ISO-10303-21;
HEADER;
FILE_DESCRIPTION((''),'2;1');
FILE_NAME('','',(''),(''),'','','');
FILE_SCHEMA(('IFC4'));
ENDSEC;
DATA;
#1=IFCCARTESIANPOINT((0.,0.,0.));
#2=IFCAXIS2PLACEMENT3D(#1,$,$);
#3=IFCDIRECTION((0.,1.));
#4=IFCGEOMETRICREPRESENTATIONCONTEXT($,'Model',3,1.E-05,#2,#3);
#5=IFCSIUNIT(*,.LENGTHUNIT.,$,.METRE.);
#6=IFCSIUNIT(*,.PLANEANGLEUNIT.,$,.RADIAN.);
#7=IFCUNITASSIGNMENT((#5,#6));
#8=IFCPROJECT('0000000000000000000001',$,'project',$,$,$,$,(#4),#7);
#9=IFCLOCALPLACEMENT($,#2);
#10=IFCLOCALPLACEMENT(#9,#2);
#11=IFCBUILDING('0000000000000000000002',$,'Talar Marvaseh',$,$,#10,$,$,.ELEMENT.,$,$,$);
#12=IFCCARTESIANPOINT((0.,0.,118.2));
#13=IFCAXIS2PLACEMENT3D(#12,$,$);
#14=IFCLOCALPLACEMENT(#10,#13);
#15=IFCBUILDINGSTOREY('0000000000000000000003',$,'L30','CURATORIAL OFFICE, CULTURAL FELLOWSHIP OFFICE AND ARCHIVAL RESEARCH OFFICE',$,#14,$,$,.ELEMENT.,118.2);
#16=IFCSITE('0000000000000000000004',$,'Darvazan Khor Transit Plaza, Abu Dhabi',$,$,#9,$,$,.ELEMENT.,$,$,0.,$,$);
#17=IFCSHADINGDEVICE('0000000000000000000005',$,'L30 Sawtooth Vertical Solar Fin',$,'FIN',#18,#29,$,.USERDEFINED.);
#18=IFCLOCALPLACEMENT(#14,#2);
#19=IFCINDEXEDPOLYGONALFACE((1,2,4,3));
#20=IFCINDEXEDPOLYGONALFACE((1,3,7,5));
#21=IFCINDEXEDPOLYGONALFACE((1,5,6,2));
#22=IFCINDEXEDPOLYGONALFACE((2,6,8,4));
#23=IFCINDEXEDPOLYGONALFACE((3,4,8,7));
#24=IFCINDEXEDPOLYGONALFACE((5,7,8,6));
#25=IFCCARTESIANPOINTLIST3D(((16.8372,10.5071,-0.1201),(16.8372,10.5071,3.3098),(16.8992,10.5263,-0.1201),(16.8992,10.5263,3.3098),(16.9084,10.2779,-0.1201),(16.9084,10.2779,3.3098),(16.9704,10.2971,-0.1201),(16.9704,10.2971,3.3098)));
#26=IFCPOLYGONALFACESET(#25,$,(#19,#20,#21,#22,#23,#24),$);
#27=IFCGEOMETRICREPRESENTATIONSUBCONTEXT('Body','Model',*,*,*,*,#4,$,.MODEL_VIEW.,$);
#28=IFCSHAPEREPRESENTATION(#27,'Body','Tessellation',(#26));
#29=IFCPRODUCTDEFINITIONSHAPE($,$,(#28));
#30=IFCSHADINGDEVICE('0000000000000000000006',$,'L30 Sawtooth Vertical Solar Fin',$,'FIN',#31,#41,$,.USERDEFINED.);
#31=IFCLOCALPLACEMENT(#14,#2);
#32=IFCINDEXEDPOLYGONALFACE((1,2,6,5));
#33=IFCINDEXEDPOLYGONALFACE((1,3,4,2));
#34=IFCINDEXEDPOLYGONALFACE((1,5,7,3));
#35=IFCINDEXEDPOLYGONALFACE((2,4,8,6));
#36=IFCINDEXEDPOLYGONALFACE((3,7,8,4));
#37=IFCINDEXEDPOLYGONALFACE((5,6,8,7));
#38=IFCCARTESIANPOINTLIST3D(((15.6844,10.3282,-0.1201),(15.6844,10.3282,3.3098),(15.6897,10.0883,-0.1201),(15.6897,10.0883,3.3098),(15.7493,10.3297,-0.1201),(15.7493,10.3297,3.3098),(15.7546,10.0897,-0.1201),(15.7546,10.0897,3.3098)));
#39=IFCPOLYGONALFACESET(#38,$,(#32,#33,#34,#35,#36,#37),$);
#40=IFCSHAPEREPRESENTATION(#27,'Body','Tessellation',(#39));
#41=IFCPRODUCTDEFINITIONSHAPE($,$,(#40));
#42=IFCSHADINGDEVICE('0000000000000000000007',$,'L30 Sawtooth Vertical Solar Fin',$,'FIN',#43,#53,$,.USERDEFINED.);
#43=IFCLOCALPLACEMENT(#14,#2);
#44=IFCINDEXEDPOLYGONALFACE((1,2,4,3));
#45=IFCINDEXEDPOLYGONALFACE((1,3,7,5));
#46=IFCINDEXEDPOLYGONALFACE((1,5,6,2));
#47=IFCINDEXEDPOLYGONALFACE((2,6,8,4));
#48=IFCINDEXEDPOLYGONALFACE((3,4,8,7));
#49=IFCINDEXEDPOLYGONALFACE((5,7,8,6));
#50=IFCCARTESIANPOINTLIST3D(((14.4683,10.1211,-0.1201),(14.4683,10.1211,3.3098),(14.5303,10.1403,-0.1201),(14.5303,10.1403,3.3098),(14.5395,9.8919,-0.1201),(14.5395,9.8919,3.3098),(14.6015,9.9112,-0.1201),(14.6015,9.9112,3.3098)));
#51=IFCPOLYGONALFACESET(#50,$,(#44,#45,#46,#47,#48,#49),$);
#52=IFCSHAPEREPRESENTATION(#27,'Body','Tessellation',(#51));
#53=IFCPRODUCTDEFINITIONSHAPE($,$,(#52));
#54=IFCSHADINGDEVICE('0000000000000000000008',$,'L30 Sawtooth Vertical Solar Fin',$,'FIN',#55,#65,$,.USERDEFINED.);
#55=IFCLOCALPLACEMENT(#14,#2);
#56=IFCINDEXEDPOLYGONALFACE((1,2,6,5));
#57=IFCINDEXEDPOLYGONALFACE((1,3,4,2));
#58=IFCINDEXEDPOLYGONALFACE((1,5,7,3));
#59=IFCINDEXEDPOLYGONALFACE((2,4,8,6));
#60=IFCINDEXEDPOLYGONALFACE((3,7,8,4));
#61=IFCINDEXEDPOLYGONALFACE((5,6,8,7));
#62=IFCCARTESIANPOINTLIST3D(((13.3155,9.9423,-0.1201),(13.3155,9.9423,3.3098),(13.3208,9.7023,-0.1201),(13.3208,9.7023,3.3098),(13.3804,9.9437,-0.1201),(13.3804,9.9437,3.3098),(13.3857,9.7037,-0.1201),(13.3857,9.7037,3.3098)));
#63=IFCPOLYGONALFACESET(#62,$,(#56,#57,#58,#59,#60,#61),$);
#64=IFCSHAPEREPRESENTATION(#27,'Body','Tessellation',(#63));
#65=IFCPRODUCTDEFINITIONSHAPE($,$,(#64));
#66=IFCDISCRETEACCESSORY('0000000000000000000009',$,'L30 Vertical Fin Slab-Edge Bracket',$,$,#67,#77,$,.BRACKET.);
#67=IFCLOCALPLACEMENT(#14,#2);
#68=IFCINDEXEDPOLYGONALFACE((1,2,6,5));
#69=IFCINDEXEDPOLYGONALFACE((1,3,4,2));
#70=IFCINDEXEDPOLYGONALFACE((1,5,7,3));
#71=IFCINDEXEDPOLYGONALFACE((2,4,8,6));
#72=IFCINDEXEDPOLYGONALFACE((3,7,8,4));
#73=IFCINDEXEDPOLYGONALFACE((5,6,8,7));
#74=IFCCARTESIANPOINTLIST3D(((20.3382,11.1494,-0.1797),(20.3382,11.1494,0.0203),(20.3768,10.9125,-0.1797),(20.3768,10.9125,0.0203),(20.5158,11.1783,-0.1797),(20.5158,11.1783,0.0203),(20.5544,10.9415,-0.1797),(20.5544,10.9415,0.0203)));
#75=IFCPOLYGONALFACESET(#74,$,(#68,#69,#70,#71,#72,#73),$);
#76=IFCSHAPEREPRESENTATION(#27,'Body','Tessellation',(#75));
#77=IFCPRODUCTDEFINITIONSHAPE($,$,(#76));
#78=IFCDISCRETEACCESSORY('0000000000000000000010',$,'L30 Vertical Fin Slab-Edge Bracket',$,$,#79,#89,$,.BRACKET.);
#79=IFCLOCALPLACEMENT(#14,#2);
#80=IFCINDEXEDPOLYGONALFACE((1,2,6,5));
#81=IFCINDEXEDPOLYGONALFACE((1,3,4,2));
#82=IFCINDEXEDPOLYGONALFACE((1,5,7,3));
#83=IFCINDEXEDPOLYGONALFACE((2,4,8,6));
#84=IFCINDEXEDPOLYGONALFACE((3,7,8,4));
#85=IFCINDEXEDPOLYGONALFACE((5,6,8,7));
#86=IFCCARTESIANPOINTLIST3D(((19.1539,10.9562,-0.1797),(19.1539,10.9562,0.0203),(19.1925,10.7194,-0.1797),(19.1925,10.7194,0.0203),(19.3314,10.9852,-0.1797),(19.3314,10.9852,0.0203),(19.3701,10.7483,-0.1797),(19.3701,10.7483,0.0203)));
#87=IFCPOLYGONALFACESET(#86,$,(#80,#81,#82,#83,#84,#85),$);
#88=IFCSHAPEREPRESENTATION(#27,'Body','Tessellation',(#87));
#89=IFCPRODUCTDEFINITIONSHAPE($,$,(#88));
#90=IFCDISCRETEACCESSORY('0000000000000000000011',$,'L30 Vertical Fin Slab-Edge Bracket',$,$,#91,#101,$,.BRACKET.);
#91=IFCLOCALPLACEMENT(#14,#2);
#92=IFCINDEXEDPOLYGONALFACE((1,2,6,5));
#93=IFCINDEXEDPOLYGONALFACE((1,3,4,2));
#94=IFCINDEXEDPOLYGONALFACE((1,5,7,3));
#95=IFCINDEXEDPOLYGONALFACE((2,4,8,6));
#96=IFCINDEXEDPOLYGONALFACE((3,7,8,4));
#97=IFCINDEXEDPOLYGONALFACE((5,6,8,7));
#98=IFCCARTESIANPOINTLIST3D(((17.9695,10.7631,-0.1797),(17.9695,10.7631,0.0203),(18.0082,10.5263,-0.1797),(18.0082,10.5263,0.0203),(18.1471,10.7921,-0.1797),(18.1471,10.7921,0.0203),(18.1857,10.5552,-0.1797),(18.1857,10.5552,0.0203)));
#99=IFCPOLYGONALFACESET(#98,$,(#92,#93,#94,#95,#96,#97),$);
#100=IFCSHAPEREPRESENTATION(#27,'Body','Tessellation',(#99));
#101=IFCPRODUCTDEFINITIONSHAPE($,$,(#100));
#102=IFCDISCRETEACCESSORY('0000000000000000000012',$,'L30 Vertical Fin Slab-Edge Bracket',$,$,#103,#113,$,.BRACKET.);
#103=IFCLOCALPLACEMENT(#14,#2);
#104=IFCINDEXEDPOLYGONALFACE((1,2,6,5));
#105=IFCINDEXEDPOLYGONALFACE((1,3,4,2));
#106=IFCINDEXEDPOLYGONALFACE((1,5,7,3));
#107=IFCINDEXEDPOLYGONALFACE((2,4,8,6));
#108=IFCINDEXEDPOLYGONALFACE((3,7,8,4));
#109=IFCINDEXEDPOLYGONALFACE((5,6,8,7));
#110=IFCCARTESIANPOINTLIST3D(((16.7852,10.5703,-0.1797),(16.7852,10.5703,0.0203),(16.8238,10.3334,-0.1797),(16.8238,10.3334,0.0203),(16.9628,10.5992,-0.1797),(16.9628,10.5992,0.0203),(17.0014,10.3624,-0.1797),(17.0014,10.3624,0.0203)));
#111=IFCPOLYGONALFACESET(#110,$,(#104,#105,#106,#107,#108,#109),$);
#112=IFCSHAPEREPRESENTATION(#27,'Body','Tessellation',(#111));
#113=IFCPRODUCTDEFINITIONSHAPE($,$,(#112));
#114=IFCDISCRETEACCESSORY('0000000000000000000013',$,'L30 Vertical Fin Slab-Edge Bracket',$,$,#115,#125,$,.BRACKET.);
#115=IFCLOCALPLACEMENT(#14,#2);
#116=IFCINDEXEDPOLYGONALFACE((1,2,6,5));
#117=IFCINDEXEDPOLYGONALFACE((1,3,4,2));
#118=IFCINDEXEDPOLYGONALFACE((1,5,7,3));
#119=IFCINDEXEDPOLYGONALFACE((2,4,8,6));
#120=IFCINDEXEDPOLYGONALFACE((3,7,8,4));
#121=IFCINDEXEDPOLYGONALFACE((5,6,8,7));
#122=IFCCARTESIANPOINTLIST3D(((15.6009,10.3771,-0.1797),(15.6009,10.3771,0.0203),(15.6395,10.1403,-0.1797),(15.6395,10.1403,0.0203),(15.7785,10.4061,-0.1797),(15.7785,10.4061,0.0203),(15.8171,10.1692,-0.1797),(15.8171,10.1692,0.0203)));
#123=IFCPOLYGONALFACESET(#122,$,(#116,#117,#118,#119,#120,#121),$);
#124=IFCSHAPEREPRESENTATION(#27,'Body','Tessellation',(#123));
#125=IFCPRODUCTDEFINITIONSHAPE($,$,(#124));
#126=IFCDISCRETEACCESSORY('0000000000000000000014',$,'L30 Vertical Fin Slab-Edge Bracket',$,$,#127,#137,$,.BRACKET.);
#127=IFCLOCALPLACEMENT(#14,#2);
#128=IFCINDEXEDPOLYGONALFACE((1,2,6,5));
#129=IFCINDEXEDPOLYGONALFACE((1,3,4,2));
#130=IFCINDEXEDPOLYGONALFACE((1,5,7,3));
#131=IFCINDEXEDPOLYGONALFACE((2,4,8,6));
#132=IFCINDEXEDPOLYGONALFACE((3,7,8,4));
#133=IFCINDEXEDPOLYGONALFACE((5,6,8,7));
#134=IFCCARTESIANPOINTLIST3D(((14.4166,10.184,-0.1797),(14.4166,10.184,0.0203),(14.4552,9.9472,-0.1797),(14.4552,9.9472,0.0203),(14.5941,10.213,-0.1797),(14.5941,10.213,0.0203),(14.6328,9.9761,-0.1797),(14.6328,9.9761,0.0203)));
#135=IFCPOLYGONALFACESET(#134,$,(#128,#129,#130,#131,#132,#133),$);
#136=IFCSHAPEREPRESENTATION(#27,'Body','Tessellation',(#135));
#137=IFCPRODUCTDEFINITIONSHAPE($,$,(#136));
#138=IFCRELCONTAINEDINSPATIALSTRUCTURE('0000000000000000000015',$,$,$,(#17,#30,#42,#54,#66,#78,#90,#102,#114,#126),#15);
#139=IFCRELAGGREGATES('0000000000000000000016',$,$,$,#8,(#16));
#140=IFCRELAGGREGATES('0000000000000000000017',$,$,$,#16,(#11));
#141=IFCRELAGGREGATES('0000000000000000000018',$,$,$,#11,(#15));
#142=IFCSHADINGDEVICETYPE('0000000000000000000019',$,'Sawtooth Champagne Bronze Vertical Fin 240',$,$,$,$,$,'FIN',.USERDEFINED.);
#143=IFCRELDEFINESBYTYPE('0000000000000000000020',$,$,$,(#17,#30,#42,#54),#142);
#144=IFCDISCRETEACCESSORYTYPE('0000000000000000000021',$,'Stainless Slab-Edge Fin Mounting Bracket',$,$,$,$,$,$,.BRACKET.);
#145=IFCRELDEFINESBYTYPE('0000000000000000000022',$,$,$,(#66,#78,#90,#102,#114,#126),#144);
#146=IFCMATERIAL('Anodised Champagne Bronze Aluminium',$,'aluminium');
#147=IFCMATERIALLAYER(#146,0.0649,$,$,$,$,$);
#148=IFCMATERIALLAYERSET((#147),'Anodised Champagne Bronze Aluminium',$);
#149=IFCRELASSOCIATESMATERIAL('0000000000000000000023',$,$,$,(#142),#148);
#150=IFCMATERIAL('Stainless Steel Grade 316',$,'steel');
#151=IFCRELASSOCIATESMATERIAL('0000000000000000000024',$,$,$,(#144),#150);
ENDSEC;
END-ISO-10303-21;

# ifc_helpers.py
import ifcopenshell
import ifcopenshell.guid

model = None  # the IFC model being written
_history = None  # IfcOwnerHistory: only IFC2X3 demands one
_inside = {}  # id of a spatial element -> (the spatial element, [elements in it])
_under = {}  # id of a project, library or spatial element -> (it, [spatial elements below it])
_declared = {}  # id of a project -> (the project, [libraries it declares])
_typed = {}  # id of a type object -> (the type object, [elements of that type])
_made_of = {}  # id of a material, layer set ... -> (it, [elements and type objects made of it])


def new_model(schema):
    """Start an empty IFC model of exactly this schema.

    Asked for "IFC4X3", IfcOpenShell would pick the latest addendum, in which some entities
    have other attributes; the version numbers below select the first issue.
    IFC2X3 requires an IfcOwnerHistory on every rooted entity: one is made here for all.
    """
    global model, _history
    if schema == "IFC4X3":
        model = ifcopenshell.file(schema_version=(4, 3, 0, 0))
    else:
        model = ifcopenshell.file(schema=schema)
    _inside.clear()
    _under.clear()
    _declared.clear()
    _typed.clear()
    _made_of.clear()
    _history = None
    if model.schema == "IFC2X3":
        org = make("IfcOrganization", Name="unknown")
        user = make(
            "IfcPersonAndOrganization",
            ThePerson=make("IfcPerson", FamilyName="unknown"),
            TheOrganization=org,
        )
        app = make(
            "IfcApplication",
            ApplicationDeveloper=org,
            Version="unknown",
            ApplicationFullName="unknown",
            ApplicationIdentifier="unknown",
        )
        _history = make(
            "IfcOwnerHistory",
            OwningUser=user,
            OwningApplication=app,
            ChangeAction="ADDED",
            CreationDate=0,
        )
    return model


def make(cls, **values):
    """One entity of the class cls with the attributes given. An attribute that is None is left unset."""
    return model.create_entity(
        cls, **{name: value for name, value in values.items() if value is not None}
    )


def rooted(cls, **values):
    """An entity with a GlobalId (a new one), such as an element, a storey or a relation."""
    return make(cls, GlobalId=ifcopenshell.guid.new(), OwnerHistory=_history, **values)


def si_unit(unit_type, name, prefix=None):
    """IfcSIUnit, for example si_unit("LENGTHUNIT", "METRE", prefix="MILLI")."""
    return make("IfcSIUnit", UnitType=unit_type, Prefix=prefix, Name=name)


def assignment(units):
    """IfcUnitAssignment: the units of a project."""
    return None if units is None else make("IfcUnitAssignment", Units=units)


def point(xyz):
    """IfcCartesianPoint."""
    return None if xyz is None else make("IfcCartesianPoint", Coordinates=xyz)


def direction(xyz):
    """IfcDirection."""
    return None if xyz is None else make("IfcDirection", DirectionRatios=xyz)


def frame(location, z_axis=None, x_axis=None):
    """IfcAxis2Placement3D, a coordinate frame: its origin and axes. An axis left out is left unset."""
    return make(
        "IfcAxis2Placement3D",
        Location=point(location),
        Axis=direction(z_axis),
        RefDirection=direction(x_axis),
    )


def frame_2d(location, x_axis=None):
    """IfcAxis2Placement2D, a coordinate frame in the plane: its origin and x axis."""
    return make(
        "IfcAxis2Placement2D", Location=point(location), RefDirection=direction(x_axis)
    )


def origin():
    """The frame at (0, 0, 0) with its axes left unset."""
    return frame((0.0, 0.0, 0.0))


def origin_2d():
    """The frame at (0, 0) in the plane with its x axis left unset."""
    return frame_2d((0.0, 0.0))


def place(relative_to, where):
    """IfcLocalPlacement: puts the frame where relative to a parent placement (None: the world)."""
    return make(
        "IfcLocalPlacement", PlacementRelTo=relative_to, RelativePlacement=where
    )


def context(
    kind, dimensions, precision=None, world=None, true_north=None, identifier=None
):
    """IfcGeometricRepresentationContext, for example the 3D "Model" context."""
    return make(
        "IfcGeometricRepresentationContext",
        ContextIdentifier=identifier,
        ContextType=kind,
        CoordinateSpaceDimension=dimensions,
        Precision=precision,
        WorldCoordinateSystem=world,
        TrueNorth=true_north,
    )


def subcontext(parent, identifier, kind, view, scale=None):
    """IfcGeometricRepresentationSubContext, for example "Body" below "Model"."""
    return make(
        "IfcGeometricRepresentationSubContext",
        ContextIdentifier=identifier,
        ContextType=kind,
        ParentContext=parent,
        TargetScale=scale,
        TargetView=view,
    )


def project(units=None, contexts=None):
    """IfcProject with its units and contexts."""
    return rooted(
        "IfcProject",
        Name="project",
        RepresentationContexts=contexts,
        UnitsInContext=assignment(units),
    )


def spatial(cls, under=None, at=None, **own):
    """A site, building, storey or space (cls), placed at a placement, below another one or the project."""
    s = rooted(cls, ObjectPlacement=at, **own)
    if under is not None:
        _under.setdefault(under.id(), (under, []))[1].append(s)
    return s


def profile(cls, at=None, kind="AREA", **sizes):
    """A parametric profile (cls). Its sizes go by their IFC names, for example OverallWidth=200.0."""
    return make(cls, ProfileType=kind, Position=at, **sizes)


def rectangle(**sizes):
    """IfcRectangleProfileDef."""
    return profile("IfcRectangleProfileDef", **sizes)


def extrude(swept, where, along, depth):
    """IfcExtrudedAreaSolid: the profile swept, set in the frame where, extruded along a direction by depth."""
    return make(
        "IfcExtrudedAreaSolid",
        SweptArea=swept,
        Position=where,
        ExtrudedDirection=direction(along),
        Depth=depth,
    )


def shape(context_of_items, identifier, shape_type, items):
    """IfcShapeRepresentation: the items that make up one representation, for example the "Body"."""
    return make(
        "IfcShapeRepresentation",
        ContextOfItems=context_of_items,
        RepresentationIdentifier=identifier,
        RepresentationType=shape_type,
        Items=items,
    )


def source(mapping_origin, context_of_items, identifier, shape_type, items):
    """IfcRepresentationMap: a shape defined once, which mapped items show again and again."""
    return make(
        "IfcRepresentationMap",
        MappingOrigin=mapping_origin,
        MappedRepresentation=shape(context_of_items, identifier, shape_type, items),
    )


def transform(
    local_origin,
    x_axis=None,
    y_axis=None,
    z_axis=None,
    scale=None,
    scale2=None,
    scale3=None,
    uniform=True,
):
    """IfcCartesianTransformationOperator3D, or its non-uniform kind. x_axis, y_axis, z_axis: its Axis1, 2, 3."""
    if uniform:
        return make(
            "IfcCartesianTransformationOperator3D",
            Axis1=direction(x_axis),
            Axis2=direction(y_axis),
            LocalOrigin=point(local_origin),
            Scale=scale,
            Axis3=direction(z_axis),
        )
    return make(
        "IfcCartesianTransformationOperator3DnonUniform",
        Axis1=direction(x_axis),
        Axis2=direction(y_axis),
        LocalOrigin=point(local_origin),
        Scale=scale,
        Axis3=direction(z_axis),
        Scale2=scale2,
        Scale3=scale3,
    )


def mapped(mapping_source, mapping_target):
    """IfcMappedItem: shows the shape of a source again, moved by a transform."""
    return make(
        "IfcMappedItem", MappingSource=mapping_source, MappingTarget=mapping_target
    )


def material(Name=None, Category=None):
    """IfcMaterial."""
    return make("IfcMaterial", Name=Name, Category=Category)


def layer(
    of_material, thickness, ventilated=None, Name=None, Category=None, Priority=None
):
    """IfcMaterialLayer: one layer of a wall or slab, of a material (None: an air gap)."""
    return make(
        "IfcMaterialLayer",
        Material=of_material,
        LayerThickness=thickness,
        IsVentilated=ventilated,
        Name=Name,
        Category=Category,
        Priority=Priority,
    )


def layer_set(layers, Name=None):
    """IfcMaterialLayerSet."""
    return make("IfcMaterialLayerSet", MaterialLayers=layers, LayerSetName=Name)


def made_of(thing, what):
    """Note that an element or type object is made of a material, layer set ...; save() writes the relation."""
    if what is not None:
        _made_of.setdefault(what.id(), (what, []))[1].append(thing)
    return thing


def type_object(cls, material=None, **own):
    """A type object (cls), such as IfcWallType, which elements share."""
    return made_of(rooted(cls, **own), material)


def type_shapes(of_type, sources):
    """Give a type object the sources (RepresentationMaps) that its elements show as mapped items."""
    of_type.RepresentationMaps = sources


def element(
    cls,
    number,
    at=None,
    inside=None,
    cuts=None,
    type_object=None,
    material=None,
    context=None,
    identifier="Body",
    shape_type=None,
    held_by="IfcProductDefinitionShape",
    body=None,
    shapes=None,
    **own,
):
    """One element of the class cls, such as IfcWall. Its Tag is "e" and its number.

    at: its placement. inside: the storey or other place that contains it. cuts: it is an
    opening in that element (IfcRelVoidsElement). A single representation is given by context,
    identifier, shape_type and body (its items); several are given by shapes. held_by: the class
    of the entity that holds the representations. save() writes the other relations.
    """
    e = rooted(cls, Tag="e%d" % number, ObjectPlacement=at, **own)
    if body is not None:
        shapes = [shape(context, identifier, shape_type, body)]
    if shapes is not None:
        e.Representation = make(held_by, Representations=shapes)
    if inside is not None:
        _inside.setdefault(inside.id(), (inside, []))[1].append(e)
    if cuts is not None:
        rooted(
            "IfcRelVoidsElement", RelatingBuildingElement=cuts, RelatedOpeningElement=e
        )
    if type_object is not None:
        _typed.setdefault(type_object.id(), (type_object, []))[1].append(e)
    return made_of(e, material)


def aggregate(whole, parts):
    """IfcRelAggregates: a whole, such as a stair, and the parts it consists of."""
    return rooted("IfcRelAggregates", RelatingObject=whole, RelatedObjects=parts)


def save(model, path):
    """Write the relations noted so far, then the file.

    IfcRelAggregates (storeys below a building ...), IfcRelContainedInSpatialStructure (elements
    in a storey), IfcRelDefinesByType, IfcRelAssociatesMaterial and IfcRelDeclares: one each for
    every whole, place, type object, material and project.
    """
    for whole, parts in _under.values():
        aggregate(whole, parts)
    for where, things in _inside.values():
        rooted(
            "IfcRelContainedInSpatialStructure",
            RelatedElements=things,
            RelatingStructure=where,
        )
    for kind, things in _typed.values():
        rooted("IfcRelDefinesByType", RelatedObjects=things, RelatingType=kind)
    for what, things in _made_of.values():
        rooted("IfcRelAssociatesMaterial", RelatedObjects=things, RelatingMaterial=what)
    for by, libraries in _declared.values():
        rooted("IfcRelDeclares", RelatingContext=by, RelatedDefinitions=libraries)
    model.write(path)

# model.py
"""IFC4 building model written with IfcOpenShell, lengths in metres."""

from ifc_helpers import new_model, si_unit, direction, frame, origin, origin_2d, place, context, subcontext, project, spatial, rectangle, extrude, source, transform, mapped, material, layer, layer_set, type_object, type_shapes, element, save


model = new_model("IFC4")

# Units and contexts
model_context = context("Model", 3, precision=1e-05, world=origin(), true_north=direction((0.0, 1.0)))
body_context = subcontext(model_context, "Body", "Model", "MODEL_VIEW")
ifc_project = project(units=[si_unit("LENGTHUNIT", "METRE"), si_unit("PLANEANGLEUNIT", "RADIAN")], contexts=[model_context])

# Site, building, storey
site_placement = place(None, origin())
site = spatial("IfcSite", under=ifc_project, at=site_placement, Name="Darvazan Khor Transit Plaza, Abu Dhabi", CompositionType="ELEMENT", RefElevation=0.0)
building_placement = place(site_placement, origin())
building = spatial("IfcBuilding", under=site, at=building_placement, Name="Talar Marvaseh", CompositionType="ELEMENT")
storey_placement = place(building_placement, frame((0.0, 0.0, 118.2)))
storey = spatial("IfcBuildingStorey", under=building, at=storey_placement, Name="L30", Description="CURATORIAL OFFICE, CULTURAL FELLOWSHIP OFFICE AND ARCHIVAL RESEARCH OFFICE", CompositionType="ELEMENT", Elevation=118.2)

# Shading devices
ifc_material_1 = material(Name="Anodised Champagne Bronze Aluminium", Category="aluminium")
ifc_layer_1 = layer(ifc_material_1, 0.0649)
ifc_layer_set_1 = layer_set([ifc_layer_1], Name="Anodised Champagne Bronze Aluminium")
shading_device_type = type_object("IfcShadingDeviceType", Name="Sawtooth Champagne Bronze Vertical Fin 240", ElementType="FIN", PredefinedType="USERDEFINED", material=ifc_layer_set_1)
shared_shape_1 = source(origin(), body_context, "Body", "SweptSolid", [
    extrude(rectangle(XDim=0.24, YDim=0.0649, at=origin_2d()), origin(), (0.0, 0.0, 1.0), 3.4299),
])
type_shapes(shading_device_type, [shared_shape_1])
for number, where, z_axis, x_axis, name in (
    (1, (16.9038, 10.4021, -0.1201), (0.0, 0.0, 1.0), (0.296708, -0.954968, 0.0), "L30 Sawtooth Vertical Solar Fin"),
    (2, (15.7195, 10.209, -0.1201), (0.0, 0.0, 1.0), (0.021989, -0.999758, 0.0), "L30 Sawtooth Vertical Solar Fin"),
    (3, (14.5349, 10.0161, -0.1201), (0.0, 0.0, 1.0), (0.296708, -0.954968, 0.0), "L30 Sawtooth Vertical Solar Fin"),
    (4, (13.3506, 9.823, -0.1201), (0.0, 0.0, 1.0), (0.021989, -0.999758, 0.0), "L30 Sawtooth Vertical Solar Fin"),
):
    element("IfcShadingDevice", number, at=place(storey_placement, frame(where, z_axis=z_axis, x_axis=x_axis)), inside=storey, type_object=shading_device_type, Name=name, ObjectType="FIN", PredefinedType="USERDEFINED", context=body_context, shape_type="MappedRepresentation", body=[
        mapped(shared_shape_1, transform((0.0, 0.0, 0.0), x_axis=(1.0, 0.0, 0.0), y_axis=(0.0, 1.0, 0.0), z_axis=(0.0, 0.0, 1.0), scale=1.0)),
    ])

# Discrete accessories
ifc_material_2 = material(Name="Stainless Steel Grade 316", Category="steel")
discrete_accessory_type = type_object("IfcDiscreteAccessoryType", Name="Stainless Slab-Edge Fin Mounting Bracket", PredefinedType="BRACKET", material=ifc_material_2)
shared_shape_2 = source(origin(), body_context, "Body", "SweptSolid", [
    extrude(rectangle(XDim=0.24, YDim=0.1799, at=origin_2d()), origin(), (0.0, 0.0, 1.0), 0.2),
])
type_shapes(discrete_accessory_type, [shared_shape_2])
for number, where, z_axis, x_axis, name in (
    (5, (20.4463, 11.0454, -0.1797), (0.0, 0.0, 1.0), (0.160915, -0.986968, 0.0), "L30 Vertical Fin Slab-Edge Bracket"),
    (6, (19.262, 10.8523, -0.1797), (0.0, 0.0, 1.0), (0.160915, -0.986968, 0.0), "L30 Vertical Fin Slab-Edge Bracket"),
    (7, (18.0776, 10.6592, -0.1797), (0.0, 0.0, 1.0), (0.160915, -0.986968, 0.0), "L30 Vertical Fin Slab-Edge Bracket"),
    (8, (16.8933, 10.4663, -0.1797), (0.0, 0.0, 1.0), (0.160915, -0.986968, 0.0), "L30 Vertical Fin Slab-Edge Bracket"),
    (9, (15.709, 10.2732, -0.1797), (0.0, 0.0, 1.0), (0.160915, -0.986968, 0.0), "L30 Vertical Fin Slab-Edge Bracket"),
    (10, (14.5247, 10.0801, -0.1797), (0.0, 0.0, 1.0), (0.160915, -0.986968, 0.0), "L30 Vertical Fin Slab-Edge Bracket"),
):
    element("IfcDiscreteAccessory", number, at=place(storey_placement, frame(where, z_axis=z_axis, x_axis=x_axis)), inside=storey, type_object=discrete_accessory_type, Name=name, PredefinedType="BRACKET", context=body_context, shape_type="MappedRepresentation", body=[
        mapped(shared_shape_2, transform((0.0, 0.0, 0.0), x_axis=(1.0, 0.0, 0.0), y_axis=(0.0, 1.0, 0.0), z_axis=(0.0, 0.0, 1.0), scale=1.0)),
    ])

save(model, "model.ifc")
